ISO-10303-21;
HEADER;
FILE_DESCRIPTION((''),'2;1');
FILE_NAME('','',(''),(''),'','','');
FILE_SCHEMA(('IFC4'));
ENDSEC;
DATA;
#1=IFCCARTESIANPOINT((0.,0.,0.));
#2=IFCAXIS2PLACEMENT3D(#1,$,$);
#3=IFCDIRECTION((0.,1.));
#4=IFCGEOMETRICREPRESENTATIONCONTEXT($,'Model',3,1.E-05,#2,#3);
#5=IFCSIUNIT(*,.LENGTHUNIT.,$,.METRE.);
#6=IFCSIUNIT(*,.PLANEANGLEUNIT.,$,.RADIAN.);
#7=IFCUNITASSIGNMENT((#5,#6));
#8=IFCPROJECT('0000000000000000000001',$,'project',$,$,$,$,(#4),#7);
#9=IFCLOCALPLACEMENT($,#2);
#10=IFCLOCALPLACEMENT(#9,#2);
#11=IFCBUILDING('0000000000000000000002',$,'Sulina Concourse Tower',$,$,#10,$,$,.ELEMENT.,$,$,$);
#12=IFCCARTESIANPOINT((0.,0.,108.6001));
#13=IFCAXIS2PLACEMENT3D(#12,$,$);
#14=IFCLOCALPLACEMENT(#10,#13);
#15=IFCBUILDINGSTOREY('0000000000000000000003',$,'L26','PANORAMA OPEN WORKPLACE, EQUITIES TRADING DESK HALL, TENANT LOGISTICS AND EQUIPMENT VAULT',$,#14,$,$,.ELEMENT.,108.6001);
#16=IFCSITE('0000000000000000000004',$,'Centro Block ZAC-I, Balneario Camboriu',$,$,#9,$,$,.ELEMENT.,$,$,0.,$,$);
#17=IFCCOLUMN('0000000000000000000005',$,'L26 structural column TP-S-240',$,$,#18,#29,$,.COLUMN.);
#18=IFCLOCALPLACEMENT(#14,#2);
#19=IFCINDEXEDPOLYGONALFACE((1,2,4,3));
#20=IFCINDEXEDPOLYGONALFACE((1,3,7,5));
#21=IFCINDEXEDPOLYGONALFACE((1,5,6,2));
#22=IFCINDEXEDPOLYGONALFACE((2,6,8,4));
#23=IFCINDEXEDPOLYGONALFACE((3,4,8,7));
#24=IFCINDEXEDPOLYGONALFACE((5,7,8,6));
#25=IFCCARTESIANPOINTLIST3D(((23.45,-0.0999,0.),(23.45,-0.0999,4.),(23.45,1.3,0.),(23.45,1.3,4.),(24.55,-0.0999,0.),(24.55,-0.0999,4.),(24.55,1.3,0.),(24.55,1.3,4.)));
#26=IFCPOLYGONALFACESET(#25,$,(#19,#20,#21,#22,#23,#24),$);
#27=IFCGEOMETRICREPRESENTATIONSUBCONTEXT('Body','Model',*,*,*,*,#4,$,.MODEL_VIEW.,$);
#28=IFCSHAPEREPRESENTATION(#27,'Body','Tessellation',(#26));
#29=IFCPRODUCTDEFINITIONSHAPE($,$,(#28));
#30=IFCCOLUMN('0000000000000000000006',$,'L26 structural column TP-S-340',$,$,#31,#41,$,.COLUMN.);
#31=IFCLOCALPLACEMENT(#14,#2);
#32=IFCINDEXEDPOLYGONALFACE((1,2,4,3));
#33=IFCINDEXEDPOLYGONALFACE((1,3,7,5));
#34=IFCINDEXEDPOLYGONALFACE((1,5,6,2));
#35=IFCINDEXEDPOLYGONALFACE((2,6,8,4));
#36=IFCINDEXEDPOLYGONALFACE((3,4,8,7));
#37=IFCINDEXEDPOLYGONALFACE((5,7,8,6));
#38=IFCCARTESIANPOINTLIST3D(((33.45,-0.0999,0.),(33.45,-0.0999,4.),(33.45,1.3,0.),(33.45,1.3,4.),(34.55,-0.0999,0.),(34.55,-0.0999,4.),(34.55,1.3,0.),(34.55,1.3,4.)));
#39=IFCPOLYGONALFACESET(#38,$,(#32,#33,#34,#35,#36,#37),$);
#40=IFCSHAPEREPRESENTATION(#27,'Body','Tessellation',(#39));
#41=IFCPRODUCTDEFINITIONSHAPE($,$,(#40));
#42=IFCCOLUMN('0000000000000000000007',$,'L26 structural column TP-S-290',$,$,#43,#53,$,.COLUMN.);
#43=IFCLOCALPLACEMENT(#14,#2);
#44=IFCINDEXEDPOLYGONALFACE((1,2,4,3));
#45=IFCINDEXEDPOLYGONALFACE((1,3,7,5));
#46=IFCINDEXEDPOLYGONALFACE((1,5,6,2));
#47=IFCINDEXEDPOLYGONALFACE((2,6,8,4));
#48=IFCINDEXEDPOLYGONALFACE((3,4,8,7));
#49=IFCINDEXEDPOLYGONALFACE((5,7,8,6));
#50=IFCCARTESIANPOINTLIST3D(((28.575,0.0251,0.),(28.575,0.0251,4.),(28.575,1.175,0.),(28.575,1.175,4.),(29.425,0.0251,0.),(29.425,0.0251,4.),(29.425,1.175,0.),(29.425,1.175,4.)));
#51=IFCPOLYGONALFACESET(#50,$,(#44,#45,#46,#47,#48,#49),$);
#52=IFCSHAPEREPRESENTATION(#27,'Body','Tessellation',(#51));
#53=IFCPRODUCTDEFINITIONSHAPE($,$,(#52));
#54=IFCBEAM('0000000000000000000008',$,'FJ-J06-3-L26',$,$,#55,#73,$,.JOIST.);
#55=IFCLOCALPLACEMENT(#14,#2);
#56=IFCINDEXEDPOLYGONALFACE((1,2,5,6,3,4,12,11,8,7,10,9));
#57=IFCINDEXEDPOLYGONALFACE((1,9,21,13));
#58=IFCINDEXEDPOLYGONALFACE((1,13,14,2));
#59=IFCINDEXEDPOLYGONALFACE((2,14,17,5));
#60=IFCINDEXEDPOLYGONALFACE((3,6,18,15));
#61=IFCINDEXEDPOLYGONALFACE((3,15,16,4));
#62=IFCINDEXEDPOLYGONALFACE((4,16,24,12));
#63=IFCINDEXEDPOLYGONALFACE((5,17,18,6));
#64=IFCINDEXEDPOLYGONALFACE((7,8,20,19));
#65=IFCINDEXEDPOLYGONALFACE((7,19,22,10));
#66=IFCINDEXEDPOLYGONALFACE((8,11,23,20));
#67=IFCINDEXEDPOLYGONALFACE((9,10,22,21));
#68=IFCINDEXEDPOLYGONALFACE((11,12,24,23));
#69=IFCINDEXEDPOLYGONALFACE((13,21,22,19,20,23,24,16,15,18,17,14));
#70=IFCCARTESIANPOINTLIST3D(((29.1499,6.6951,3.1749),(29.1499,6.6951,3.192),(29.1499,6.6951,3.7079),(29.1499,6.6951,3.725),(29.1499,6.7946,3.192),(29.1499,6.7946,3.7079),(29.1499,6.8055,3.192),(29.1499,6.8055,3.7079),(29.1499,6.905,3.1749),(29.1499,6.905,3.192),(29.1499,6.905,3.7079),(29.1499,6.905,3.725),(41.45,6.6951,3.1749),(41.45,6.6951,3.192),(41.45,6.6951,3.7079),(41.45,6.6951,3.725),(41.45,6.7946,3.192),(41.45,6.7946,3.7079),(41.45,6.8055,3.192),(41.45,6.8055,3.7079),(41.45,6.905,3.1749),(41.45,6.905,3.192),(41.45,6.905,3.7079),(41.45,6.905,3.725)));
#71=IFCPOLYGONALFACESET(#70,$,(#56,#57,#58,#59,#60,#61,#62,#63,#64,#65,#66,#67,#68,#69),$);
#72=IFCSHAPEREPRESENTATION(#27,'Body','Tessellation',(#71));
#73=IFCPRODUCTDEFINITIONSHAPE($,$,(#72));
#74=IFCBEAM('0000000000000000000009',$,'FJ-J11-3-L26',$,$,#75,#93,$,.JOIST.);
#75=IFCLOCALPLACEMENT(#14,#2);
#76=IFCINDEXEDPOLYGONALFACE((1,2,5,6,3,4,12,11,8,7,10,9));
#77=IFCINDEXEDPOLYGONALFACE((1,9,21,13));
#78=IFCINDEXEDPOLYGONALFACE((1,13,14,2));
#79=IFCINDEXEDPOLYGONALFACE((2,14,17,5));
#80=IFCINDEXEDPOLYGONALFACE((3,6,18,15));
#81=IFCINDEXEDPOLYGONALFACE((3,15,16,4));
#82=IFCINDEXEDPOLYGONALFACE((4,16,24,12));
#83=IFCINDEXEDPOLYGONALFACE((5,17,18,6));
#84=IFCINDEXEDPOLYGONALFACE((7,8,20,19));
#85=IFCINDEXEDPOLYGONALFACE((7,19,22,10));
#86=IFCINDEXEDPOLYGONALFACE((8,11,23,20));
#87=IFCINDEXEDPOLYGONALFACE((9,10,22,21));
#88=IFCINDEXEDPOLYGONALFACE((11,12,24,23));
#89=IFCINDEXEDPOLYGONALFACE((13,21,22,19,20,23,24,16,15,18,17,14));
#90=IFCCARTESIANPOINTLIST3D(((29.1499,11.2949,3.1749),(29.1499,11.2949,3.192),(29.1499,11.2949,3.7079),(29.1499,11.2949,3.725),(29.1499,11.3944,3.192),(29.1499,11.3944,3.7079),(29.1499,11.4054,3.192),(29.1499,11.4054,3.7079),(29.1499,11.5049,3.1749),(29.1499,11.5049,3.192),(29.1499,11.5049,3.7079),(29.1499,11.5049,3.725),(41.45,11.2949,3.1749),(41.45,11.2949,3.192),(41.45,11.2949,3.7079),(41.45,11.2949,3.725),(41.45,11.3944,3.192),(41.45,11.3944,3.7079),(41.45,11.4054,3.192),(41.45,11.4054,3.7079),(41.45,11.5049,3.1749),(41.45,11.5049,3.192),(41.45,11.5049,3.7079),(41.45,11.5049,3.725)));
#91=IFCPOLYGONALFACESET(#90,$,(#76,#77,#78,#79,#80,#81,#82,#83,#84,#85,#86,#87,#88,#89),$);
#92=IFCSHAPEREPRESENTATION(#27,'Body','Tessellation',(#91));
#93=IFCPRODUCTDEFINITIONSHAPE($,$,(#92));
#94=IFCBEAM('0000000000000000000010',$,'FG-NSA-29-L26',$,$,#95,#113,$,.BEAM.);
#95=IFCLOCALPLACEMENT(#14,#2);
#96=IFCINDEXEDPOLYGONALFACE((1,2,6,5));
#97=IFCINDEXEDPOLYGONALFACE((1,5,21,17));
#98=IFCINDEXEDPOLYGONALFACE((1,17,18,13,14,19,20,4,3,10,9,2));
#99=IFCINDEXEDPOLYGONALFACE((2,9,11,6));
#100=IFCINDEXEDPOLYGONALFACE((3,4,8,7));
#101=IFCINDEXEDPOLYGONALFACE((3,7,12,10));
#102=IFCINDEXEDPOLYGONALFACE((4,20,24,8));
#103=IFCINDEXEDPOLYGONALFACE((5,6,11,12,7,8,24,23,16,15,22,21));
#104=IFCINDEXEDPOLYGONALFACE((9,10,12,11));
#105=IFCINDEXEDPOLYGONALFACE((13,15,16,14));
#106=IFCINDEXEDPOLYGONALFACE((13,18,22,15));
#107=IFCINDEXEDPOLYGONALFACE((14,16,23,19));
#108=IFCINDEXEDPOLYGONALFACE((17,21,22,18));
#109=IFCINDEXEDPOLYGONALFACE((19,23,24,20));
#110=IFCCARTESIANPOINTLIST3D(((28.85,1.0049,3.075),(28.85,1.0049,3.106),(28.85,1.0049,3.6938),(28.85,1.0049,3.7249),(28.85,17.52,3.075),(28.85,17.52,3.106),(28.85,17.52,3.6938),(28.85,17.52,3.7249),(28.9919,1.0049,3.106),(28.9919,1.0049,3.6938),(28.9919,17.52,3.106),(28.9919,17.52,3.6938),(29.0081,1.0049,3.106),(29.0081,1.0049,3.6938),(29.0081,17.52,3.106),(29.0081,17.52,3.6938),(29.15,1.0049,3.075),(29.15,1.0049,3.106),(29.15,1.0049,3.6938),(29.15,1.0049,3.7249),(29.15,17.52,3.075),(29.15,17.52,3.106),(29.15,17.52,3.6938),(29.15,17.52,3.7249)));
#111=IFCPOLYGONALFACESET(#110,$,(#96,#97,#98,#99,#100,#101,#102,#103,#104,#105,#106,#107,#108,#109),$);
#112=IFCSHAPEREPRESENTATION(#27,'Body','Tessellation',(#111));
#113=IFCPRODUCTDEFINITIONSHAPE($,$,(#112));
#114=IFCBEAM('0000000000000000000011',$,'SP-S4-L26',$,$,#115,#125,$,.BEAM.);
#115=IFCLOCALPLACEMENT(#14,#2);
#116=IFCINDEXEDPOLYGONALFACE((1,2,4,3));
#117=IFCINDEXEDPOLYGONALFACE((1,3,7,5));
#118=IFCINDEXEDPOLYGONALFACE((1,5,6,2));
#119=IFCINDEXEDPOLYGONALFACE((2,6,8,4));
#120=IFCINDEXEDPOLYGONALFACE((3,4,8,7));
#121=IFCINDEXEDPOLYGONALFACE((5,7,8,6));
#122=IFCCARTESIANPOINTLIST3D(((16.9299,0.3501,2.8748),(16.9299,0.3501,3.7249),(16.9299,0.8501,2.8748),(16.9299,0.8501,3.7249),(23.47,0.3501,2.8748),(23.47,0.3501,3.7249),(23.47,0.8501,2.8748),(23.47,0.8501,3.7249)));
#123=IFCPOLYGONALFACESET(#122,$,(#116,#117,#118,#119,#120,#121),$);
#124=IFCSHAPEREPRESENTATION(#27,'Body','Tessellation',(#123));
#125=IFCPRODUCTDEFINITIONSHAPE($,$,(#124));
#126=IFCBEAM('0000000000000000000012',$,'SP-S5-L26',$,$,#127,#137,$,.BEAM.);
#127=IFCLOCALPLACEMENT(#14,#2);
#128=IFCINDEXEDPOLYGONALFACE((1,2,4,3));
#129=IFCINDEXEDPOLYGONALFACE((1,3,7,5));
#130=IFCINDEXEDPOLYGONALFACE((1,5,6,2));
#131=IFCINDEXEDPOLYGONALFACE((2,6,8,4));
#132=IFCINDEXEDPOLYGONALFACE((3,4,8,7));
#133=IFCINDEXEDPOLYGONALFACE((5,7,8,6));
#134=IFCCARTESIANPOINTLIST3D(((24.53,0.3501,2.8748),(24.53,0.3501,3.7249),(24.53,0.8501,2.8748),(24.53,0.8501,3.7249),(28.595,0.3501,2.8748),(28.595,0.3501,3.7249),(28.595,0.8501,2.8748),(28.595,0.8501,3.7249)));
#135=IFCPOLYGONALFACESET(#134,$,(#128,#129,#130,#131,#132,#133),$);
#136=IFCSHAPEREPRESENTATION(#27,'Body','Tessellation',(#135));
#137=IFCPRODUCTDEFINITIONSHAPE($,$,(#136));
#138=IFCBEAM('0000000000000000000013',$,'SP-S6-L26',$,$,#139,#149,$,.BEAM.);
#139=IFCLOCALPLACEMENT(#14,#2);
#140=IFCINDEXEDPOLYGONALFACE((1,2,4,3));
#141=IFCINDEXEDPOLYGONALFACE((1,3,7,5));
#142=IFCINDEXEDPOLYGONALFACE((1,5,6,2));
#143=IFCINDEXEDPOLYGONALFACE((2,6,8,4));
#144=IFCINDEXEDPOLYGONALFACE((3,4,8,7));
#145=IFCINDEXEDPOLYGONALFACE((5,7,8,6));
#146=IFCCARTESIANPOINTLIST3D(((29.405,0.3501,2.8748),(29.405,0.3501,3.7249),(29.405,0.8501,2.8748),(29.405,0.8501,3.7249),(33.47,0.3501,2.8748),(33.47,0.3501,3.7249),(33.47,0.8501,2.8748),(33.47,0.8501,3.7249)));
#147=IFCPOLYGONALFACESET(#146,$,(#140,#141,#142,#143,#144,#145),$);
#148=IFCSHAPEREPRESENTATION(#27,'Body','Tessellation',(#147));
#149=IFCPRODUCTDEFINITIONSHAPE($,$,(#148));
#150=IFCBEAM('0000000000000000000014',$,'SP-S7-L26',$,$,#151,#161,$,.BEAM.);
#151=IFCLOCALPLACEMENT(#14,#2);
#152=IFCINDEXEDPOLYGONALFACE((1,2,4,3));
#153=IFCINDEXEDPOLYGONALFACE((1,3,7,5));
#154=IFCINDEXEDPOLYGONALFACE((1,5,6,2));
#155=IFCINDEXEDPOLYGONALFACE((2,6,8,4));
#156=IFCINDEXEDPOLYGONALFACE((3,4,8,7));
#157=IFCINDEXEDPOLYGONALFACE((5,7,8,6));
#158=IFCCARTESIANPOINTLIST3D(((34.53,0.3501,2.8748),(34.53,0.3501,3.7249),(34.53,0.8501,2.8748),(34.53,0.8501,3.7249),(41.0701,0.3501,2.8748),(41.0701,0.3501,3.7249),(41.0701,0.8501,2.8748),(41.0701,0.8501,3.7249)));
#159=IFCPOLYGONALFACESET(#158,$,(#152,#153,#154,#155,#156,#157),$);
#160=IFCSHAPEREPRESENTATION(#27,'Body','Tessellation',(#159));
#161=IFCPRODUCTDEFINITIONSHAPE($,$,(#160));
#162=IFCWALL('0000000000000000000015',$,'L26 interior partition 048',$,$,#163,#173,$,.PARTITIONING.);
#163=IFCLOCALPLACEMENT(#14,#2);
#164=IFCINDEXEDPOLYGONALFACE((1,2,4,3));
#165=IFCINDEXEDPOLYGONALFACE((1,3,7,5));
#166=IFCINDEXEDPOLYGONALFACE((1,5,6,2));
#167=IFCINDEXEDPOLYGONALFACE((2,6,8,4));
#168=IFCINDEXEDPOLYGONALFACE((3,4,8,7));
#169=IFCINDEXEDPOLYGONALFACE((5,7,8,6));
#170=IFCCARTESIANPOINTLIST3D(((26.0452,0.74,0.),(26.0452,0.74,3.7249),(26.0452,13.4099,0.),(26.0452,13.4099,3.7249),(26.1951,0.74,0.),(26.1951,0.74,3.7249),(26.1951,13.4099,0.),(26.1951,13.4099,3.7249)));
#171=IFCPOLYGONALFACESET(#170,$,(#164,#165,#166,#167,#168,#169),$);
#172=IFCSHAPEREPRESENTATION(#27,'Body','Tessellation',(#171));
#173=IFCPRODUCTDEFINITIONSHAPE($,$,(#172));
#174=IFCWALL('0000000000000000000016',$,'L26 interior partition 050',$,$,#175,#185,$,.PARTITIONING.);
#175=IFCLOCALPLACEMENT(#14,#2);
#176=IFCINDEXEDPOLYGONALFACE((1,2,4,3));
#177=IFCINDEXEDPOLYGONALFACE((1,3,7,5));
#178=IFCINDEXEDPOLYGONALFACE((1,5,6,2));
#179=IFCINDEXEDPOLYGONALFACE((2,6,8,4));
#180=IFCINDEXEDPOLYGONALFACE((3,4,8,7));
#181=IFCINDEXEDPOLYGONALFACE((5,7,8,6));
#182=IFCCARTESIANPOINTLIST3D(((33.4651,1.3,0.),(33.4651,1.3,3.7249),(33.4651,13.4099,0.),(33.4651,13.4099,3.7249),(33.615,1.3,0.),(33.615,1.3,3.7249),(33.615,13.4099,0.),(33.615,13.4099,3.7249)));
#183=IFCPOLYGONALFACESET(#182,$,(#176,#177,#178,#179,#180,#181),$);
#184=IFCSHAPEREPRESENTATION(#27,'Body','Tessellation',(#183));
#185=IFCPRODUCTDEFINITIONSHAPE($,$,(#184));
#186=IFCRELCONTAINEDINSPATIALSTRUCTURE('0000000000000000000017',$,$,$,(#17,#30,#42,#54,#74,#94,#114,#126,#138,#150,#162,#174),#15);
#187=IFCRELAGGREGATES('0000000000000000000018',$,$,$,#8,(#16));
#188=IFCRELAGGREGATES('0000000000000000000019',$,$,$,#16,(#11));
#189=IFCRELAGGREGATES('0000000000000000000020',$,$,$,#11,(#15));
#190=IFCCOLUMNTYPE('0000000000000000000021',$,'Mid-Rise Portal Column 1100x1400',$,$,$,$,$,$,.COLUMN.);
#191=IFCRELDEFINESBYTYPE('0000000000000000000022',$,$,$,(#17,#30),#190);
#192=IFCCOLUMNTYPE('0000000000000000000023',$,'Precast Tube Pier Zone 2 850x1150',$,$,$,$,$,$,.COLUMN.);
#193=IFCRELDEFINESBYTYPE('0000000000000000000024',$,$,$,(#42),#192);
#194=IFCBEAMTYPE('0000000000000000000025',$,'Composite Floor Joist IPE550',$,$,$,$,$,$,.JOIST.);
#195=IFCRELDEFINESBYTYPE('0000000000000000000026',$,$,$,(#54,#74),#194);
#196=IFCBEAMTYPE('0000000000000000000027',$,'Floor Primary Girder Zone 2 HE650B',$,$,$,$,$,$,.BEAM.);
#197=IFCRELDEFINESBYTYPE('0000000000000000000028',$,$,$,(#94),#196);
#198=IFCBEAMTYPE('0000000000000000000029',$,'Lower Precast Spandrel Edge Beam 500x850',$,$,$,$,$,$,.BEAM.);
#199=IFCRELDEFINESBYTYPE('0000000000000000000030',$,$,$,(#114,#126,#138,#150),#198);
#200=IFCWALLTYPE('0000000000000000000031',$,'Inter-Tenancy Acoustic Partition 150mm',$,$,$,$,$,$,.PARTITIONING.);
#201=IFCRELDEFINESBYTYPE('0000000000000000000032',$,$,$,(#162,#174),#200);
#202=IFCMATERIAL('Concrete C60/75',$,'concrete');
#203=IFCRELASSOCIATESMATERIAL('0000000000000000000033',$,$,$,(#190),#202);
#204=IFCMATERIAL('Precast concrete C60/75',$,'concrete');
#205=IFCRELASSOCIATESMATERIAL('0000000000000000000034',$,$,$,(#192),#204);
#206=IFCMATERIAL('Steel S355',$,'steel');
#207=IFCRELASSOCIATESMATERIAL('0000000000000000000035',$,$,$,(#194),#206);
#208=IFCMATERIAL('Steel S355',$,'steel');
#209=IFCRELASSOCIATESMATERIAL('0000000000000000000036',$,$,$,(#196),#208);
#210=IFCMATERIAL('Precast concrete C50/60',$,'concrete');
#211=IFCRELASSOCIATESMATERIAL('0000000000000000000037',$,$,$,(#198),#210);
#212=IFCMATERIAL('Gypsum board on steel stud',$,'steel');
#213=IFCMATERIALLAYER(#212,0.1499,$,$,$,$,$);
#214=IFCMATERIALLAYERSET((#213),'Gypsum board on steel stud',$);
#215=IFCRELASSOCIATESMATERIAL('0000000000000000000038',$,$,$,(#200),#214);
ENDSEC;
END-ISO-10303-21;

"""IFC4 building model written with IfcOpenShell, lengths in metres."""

from ifc_helpers import new_model, si_unit, direction, frame, frame_2d, origin, origin_2d, place, context, subcontext, project, spatial, rectangle, i_section, extrude, material, layer, layer_set, material_profile, profile_set, type_object, element, save


model = new_model("IFC4")

# Units and contexts
model_context = context("Model", 3, precision=1e-05, world=origin(), true_north=direction((0.0, 1.0)))
body_context = subcontext(model_context, "Body", "Model", "MODEL_VIEW")
ifc_project = project(units=[si_unit("LENGTHUNIT", "METRE"), si_unit("PLANEANGLEUNIT", "RADIAN")], contexts=[model_context])

# Site, building, storey
site_placement = place(None, origin())
site = spatial("IfcSite", under=ifc_project, at=site_placement, Name="Centro Block ZAC-I, Balneario Camboriu", CompositionType="ELEMENT", RefElevation=0.0)
building_placement = place(site_placement, origin())
building = spatial("IfcBuilding", under=site, at=building_placement, Name="Sulina Concourse Tower", CompositionType="ELEMENT")
storey_placement = place(building_placement, frame((0.0, 0.0, 108.6001)))
storey = spatial("IfcBuildingStorey", under=building, at=storey_placement, Name="L26", Description="PANORAMA OPEN WORKPLACE, EQUITIES TRADING DESK HALL, TENANT LOGISTICS AND EQUIPMENT VAULT", CompositionType="ELEMENT", Elevation=108.6001)

# Columns
ifc_material_1 = material(Name="Concrete C60/75", Category="concrete")
ifc_material_profile_1 = material_profile(ifc_material_1, rectangle(XDim=1.1001, YDim=1.3999, at=origin_2d()), Name="RC 1100x1400")
ifc_profile_set_1 = profile_set([ifc_material_profile_1], Name="Concrete C60/75")
column_type_1 = type_object("IfcColumnType", Name="Mid-Rise Portal Column 1100x1400", PredefinedType="COLUMN", material=ifc_profile_set_1)
for number, where, z_axis, x_axis, name in (
    (1, (24.0, 0.6001, 0.0), (0.0, 0.0, 1.0), (1.0, 0.0, 0.0), "L26 structural column TP-S-240"),
    (2, (34.0, 0.6001, 0.0), (0.0, 0.0, 1.0), (1.0, 0.0, 0.0), "L26 structural column TP-S-340"),
):
    element("IfcColumn", number, at=place(storey_placement, frame(where, z_axis=z_axis, x_axis=x_axis)), inside=storey, type_object=column_type_1, Name=name, PredefinedType="COLUMN", context=body_context, shape_type="SweptSolid", body=[
        extrude(rectangle(XDim=1.1001, YDim=1.3999, at=origin_2d()), origin(), (0.0, 0.0, 1.0), 4.0),
    ])
ifc_material_2 = material(Name="Precast concrete C60/75", Category="concrete")
ifc_material_profile_2 = material_profile(ifc_material_2, rectangle(XDim=0.8501, YDim=1.1499, at=origin_2d()), Name="PC 850x1150")
ifc_profile_set_2 = profile_set([ifc_material_profile_2], Name="Precast concrete C60/75")
column_type_2 = type_object("IfcColumnType", Name="Precast Tube Pier Zone 2 850x1150", PredefinedType="COLUMN", material=ifc_profile_set_2)
column_placement = place(storey_placement, frame((29.0, 0.6001, 0.0), z_axis=(0.0, 0.0, 1.0), x_axis=(1.0, 0.0, 0.0)))
element("IfcColumn", 3, at=column_placement, inside=storey, type_object=column_type_2, Name="L26 structural column TP-S-290", PredefinedType="COLUMN", context=body_context, shape_type="SweptSolid", body=[
    extrude(rectangle(XDim=0.8501, YDim=1.1499, at=origin_2d()), origin(), (0.0, 0.0, 1.0), 4.0),
])

# Beams
ifc_material_3 = material(Name="Steel S355", Category="steel")
ifc_material_profile_3 = material_profile(ifc_material_3, i_section(OverallWidth=0.21, OverallDepth=0.55, WebThickness=0.011, FlangeThickness=0.0171, at=origin_2d()), Name="IPE 550")
ifc_profile_set_3 = profile_set([ifc_material_profile_3], Name="Steel S355")
beam_type_1 = type_object("IfcBeamType", Name="Composite Floor Joist IPE550", PredefinedType="JOIST", material=ifc_profile_set_3)
for number, where, z_axis, x_axis, name in (
    (4, (29.1499, 6.8, 3.45), (1.0, 0.0, 0.0), (0.0, 1.0, 0.0), "FJ-J06-3-L26"),
    (5, (29.1499, 11.3999, 3.45), (1.0, 0.0, 0.0), (0.0, 1.0, 0.0), "FJ-J11-3-L26"),
):
    element("IfcBeam", number, at=place(storey_placement, frame(where, z_axis=z_axis, x_axis=x_axis)), inside=storey, type_object=beam_type_1, Name=name, PredefinedType="JOIST", context=body_context, shape_type="SweptSolid", body=[
        extrude(i_section(OverallWidth=0.21, OverallDepth=0.55, WebThickness=0.011, FlangeThickness=0.0171, at=origin_2d()), origin(), (0.0, 0.0, 1.0), 12.3),
    ])
ifc_material_4 = material(Name="Steel S355", Category="steel")
ifc_material_profile_4 = material_profile(ifc_material_4, i_section(OverallWidth=0.3, OverallDepth=0.6499, WebThickness=0.0161, FlangeThickness=0.031, at=origin_2d()), Name="HE 650 B")
ifc_profile_set_4 = profile_set([ifc_material_profile_4], Name="Steel S355")
beam_type_2 = type_object("IfcBeamType", Name="Floor Primary Girder Zone 2 HE650B", PredefinedType="BEAM", material=ifc_profile_set_4)
beam_1_placement = place(storey_placement, frame((29.0, 1.0049, 3.3999), z_axis=(0.0, 1.0, 0.0), x_axis=(-1.0, 0.0, 0.0)))
element("IfcBeam", 6, at=beam_1_placement, inside=storey, type_object=beam_type_2, Name="FG-NSA-29-L26", PredefinedType="BEAM", context=body_context, shape_type="SweptSolid", body=[
    extrude(i_section(OverallWidth=0.3, OverallDepth=0.6499, WebThickness=0.0161, FlangeThickness=0.031, at=origin_2d()), origin(), (0.0, 0.0, 1.0), 16.5151),
])
ifc_material_5 = material(Name="Precast concrete C50/60", Category="concrete")
ifc_material_profile_5 = material_profile(ifc_material_5, rectangle(XDim=0.5, YDim=0.8501, at=origin_2d()), Name="RC 500x850")
ifc_profile_set_5 = profile_set([ifc_material_profile_5], Name="Precast concrete C50/60")
beam_type_3 = type_object("IfcBeamType", Name="Lower Precast Spandrel Edge Beam 500x850", PredefinedType="BEAM", material=ifc_profile_set_5)
beam_2_placement = place(storey_placement, frame((16.9299, 0.6001, 3.2998), z_axis=(1.0, 0.0, 0.0), x_axis=(0.0, 1.0, 0.0)))
element("IfcBeam", 7, at=beam_2_placement, inside=storey, type_object=beam_type_3, Name="SP-S4-L26", PredefinedType="BEAM", context=body_context, shape_type="SweptSolid", body=[
    extrude(rectangle(XDim=0.5, YDim=0.8501, at=origin_2d()), origin(), (0.0, 0.0, 1.0), 6.54),
])
for number, where, z_axis, x_axis, name in (
    (8, (24.53, 0.6001, 3.2998), (1.0, 0.0, 0.0), (0.0, 1.0, 0.0), "SP-S5-L26"),
    (9, (29.405, 0.6001, 3.2998), (1.0, 0.0, 0.0), (0.0, 1.0, 0.0), "SP-S6-L26"),
):
    element("IfcBeam", number, at=place(storey_placement, frame(where, z_axis=z_axis, x_axis=x_axis)), inside=storey, type_object=beam_type_3, Name=name, PredefinedType="BEAM", context=body_context, shape_type="SweptSolid", body=[
        extrude(rectangle(XDim=0.5, YDim=0.8501, at=origin_2d()), origin(), (0.0, 0.0, 1.0), 4.0649),
    ])
beam_3_placement = place(storey_placement, frame((34.53, 0.6001, 3.2998), z_axis=(1.0, 0.0, 0.0), x_axis=(0.0, 1.0, 0.0)))
element("IfcBeam", 10, at=beam_3_placement, inside=storey, type_object=beam_type_3, Name="SP-S7-L26", PredefinedType="BEAM", context=body_context, shape_type="SweptSolid", body=[
    extrude(rectangle(XDim=0.5, YDim=0.8501, at=origin_2d()), origin(), (0.0, 0.0, 1.0), 6.54),
])

# Walls
ifc_material_6 = material(Name="Gypsum board on steel stud", Category="steel")
ifc_layer_1 = layer(ifc_material_6, 0.1499)
ifc_layer_set_1 = layer_set([ifc_layer_1], Name="Gypsum board on steel stud")
wall_type_1 = type_object("IfcWallType", Name="Inter-Tenancy Acoustic Partition 150mm", PredefinedType="PARTITIONING", material=ifc_layer_set_1)
wall_1_placement = place(storey_placement, frame((26.1201, 0.74, 0.0), z_axis=(0.0, 0.0, 1.0), x_axis=(0.0, 1.0, 0.0)))
element("IfcWall", 11, at=wall_1_placement, inside=storey, type_object=wall_type_1, Name="L26 interior partition 048", PredefinedType="PARTITIONING", context=body_context, shape_type="SweptSolid", body=[
    extrude(rectangle(XDim=12.6699, YDim=0.1499, at=frame_2d((6.335, 0.0))), origin(), (0.0, 0.0, 1.0), 3.7249),
])
wall_2_placement = place(storey_placement, frame((33.54, 1.3, 0.0), z_axis=(0.0, 0.0, 1.0), x_axis=(0.0, 1.0, 0.0)))
element("IfcWall", 12, at=wall_2_placement, inside=storey, type_object=wall_type_1, Name="L26 interior partition 050", PredefinedType="PARTITIONING", context=body_context, shape_type="SweptSolid", body=[
    extrude(rectangle(XDim=12.1099, YDim=0.1499, at=frame_2d((6.0549, 0.0))), origin(), (0.0, 0.0, 1.0), 3.7249),
])

save(model, "model.ifc")
